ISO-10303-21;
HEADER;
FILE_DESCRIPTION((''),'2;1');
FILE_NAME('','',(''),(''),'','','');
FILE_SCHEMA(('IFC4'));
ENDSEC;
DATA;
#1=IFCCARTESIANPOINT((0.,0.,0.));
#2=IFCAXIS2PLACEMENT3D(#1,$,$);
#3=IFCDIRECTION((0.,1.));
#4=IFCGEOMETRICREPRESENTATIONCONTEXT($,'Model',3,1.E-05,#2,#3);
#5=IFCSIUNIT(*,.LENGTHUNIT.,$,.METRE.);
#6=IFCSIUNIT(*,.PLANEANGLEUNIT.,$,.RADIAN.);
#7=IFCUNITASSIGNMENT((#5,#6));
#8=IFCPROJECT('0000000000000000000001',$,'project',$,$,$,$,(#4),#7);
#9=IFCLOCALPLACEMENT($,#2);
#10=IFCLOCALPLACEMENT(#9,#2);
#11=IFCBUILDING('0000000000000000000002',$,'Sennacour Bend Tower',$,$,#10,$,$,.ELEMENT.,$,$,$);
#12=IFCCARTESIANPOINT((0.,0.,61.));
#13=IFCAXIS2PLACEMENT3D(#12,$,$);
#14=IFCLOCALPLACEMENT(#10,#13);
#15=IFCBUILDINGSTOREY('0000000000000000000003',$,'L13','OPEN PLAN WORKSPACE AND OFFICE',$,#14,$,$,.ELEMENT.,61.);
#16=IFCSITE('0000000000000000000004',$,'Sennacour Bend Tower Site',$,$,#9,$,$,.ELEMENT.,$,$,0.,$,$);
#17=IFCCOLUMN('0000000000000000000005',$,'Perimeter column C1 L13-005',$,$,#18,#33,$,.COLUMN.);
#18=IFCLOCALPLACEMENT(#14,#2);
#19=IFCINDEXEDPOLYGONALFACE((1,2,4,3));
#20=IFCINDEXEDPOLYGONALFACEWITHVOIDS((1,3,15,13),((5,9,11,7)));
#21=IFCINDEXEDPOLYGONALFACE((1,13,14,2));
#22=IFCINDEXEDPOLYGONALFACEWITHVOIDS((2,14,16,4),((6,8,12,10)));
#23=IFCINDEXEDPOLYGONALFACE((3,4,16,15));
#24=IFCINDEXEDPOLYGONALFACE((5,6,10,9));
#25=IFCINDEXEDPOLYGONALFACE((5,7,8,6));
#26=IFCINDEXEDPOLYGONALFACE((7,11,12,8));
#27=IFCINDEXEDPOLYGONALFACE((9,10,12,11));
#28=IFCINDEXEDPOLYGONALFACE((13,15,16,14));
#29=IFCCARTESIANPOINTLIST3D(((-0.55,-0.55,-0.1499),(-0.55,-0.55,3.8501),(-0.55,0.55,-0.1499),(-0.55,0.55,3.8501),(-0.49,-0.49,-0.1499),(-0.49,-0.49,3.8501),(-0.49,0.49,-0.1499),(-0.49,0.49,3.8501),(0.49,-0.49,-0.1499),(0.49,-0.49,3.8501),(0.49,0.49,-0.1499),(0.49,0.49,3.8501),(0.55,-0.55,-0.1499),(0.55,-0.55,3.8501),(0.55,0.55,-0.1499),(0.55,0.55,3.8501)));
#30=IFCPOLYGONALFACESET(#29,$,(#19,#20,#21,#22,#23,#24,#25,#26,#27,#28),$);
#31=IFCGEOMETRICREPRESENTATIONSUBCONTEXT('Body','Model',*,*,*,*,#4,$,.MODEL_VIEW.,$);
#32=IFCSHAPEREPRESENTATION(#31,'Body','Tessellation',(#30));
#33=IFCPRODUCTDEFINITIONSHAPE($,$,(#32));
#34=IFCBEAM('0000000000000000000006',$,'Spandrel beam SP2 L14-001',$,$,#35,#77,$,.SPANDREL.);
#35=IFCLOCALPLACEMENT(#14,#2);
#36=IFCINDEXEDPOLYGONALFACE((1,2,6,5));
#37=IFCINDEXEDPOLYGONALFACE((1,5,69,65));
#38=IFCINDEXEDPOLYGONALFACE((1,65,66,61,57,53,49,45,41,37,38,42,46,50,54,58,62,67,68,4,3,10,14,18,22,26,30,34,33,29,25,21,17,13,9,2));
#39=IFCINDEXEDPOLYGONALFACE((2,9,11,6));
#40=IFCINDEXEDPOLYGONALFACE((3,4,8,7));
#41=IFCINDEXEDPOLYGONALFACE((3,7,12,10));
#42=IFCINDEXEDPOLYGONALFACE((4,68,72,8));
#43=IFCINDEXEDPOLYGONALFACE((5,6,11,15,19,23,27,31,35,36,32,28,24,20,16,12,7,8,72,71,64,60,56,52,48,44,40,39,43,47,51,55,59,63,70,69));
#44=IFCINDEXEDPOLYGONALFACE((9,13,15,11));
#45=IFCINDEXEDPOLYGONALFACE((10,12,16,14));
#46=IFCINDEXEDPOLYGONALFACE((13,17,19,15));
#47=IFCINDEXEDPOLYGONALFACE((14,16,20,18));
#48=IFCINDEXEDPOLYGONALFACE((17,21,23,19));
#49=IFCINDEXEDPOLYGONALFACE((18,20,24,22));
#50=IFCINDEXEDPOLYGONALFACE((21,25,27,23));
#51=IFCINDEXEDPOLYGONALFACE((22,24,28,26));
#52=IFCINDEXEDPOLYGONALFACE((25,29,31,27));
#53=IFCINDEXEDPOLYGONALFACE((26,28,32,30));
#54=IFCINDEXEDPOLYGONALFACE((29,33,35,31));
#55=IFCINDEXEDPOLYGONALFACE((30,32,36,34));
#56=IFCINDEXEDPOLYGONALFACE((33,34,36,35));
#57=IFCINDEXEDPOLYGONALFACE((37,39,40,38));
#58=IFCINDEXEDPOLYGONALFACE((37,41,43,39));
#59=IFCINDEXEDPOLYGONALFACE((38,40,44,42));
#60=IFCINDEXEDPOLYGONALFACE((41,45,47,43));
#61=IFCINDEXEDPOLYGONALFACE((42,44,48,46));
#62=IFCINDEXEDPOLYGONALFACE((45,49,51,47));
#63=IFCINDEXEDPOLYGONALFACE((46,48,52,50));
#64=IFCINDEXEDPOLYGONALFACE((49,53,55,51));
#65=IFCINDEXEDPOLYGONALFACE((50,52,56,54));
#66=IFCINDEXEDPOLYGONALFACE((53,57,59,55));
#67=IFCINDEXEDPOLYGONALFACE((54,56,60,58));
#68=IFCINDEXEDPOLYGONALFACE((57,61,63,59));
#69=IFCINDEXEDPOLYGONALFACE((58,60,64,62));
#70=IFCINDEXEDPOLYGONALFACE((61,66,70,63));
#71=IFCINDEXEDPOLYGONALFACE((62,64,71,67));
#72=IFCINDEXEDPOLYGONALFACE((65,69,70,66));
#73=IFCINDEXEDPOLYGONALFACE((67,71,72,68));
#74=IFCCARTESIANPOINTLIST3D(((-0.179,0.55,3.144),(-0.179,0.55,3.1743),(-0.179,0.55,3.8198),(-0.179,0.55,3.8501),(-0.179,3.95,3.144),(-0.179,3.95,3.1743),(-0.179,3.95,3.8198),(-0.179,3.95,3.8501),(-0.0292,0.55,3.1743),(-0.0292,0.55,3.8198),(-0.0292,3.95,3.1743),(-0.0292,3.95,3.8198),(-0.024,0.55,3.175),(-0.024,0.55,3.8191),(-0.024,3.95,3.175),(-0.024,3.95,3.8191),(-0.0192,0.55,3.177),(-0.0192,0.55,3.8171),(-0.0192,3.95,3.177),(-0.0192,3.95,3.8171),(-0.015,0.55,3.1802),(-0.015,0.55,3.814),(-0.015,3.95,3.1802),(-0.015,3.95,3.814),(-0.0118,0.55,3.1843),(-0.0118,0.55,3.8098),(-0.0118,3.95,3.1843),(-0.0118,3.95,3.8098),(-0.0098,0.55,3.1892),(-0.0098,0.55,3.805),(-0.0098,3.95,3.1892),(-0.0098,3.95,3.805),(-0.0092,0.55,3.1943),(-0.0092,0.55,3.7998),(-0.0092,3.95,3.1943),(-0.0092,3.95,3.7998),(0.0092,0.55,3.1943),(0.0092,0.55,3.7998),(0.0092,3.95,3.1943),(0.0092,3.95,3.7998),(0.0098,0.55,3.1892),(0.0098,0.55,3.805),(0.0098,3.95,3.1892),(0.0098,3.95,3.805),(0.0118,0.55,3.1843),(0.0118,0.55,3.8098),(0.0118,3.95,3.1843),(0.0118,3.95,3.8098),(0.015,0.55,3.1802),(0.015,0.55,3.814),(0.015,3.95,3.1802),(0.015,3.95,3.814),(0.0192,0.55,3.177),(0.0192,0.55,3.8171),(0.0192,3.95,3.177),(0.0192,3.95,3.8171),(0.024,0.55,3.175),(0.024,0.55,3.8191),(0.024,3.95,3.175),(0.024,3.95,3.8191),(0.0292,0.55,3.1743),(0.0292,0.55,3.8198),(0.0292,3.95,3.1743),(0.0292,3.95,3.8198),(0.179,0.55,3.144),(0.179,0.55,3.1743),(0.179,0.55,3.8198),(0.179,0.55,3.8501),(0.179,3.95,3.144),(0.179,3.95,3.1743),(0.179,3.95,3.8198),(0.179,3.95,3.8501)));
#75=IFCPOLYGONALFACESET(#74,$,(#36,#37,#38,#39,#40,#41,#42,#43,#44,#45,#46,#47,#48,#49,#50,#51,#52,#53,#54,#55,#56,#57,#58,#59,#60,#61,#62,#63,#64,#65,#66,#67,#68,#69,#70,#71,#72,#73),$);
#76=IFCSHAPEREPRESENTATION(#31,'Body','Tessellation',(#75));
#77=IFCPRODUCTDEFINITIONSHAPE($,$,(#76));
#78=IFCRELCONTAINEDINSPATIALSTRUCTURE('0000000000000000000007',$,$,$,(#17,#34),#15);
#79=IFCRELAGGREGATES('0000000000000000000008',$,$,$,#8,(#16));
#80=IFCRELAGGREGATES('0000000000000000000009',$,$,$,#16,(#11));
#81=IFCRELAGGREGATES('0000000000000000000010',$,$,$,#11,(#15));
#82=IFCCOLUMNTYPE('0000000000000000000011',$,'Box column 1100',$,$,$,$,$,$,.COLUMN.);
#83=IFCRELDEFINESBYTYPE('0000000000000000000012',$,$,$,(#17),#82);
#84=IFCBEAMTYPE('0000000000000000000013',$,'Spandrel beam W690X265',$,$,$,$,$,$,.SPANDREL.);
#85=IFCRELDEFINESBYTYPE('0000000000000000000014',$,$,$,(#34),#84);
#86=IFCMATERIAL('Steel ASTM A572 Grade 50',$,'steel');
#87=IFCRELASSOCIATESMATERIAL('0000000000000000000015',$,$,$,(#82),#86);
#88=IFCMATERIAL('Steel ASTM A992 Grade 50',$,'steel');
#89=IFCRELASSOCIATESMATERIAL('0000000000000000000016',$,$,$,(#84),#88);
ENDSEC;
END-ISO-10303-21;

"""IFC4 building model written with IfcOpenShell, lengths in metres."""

from ifc_helpers import new_model, si_unit, direction, frame, origin, origin_2d, place, context, subcontext, project, spatial, hollow_rectangle, i_section, extrude, material, material_profile, profile_set, type_object, element, save


model = new_model("IFC4")

# Units and contexts
model_context = context("Model", 3, precision=1e-05, world=origin(), true_north=direction((0.0, 1.0)))
body_context = subcontext(model_context, "Body", "Model", "MODEL_VIEW")
ifc_project = project(units=[si_unit("LENGTHUNIT", "METRE"), si_unit("PLANEANGLEUNIT", "RADIAN")], contexts=[model_context])

# Site, building, storey
site_placement = place(None, origin())
site = spatial("IfcSite", under=ifc_project, at=site_placement, Name="Sennacour Bend Tower Site", CompositionType="ELEMENT", RefElevation=0.0)
building_placement = place(site_placement, origin())
building = spatial("IfcBuilding", under=site, at=building_placement, Name="Sennacour Bend Tower", CompositionType="ELEMENT")
storey_placement = place(building_placement, frame((0.0, 0.0, 61.0)))
storey = spatial("IfcBuildingStorey", under=building, at=storey_placement, Name="L13", Description="OPEN PLAN WORKSPACE AND OFFICE", CompositionType="ELEMENT", Elevation=61.0)

# Column
ifc_material_1 = material(Name="Steel ASTM A572 Grade 50", Category="steel")
ifc_material_profile_1 = material_profile(ifc_material_1, hollow_rectangle(XDim=1.1001, YDim=1.1001, WallThickness=0.0601, at=origin_2d()), Name="Steel ASTM A572 Grade 50", Category="steel")
ifc_profile_set_1 = profile_set([ifc_material_profile_1], Name="Steel ASTM A572 Grade 50")
column_type = type_object("IfcColumnType", Name="Box column 1100", PredefinedType="COLUMN", material=ifc_profile_set_1)
column_placement = place(storey_placement, frame((0.0, 0.0, -0.1499), z_axis=(0.0, 0.0, 1.0), x_axis=(1.0, 0.0, 0.0)))
element("IfcColumn", 1, at=column_placement, inside=storey, type_object=column_type, Name="Perimeter column C1 L13-005", PredefinedType="COLUMN", context=body_context, shape_type="SweptSolid", body=[
    extrude(hollow_rectangle(XDim=1.1001, YDim=1.1001, WallThickness=0.0601, at=origin_2d()), origin(), (0.0, 0.0, 1.0), 4.0),
])

# Beam
ifc_material_2 = material(Name="Steel ASTM A992 Grade 50", Category="steel")
ifc_material_profile_2 = material_profile(ifc_material_2, i_section(OverallWidth=0.3579, OverallDepth=0.7061, WebThickness=0.0183, FlangeThickness=0.0303, FilletRadius=0.02, at=origin_2d()), Name="Steel ASTM A992 Grade 50", Category="steel")
ifc_profile_set_2 = profile_set([ifc_material_profile_2], Name="Steel ASTM A992 Grade 50")
beam_type = type_object("IfcBeamType", Name="Spandrel beam W690X265", PredefinedType="SPANDREL", material=ifc_profile_set_2)
beam_placement = place(storey_placement, frame((0.0, 0.55, 3.4971), z_axis=(0.0, 1.0, 0.0), x_axis=(-1.0, 0.0, 0.0)))
element("IfcBeam", 2, at=beam_placement, inside=storey, type_object=beam_type, Name="Spandrel beam SP2 L14-001", PredefinedType="SPANDREL", context=body_context, shape_type="SweptSolid", body=[
    extrude(i_section(OverallWidth=0.3579, OverallDepth=0.7061, WebThickness=0.0183, FlangeThickness=0.0303, FilletRadius=0.02, at=origin_2d()), origin(), (0.0, 0.0, 1.0), 3.3999),
])

save(model, "model.ifc")
